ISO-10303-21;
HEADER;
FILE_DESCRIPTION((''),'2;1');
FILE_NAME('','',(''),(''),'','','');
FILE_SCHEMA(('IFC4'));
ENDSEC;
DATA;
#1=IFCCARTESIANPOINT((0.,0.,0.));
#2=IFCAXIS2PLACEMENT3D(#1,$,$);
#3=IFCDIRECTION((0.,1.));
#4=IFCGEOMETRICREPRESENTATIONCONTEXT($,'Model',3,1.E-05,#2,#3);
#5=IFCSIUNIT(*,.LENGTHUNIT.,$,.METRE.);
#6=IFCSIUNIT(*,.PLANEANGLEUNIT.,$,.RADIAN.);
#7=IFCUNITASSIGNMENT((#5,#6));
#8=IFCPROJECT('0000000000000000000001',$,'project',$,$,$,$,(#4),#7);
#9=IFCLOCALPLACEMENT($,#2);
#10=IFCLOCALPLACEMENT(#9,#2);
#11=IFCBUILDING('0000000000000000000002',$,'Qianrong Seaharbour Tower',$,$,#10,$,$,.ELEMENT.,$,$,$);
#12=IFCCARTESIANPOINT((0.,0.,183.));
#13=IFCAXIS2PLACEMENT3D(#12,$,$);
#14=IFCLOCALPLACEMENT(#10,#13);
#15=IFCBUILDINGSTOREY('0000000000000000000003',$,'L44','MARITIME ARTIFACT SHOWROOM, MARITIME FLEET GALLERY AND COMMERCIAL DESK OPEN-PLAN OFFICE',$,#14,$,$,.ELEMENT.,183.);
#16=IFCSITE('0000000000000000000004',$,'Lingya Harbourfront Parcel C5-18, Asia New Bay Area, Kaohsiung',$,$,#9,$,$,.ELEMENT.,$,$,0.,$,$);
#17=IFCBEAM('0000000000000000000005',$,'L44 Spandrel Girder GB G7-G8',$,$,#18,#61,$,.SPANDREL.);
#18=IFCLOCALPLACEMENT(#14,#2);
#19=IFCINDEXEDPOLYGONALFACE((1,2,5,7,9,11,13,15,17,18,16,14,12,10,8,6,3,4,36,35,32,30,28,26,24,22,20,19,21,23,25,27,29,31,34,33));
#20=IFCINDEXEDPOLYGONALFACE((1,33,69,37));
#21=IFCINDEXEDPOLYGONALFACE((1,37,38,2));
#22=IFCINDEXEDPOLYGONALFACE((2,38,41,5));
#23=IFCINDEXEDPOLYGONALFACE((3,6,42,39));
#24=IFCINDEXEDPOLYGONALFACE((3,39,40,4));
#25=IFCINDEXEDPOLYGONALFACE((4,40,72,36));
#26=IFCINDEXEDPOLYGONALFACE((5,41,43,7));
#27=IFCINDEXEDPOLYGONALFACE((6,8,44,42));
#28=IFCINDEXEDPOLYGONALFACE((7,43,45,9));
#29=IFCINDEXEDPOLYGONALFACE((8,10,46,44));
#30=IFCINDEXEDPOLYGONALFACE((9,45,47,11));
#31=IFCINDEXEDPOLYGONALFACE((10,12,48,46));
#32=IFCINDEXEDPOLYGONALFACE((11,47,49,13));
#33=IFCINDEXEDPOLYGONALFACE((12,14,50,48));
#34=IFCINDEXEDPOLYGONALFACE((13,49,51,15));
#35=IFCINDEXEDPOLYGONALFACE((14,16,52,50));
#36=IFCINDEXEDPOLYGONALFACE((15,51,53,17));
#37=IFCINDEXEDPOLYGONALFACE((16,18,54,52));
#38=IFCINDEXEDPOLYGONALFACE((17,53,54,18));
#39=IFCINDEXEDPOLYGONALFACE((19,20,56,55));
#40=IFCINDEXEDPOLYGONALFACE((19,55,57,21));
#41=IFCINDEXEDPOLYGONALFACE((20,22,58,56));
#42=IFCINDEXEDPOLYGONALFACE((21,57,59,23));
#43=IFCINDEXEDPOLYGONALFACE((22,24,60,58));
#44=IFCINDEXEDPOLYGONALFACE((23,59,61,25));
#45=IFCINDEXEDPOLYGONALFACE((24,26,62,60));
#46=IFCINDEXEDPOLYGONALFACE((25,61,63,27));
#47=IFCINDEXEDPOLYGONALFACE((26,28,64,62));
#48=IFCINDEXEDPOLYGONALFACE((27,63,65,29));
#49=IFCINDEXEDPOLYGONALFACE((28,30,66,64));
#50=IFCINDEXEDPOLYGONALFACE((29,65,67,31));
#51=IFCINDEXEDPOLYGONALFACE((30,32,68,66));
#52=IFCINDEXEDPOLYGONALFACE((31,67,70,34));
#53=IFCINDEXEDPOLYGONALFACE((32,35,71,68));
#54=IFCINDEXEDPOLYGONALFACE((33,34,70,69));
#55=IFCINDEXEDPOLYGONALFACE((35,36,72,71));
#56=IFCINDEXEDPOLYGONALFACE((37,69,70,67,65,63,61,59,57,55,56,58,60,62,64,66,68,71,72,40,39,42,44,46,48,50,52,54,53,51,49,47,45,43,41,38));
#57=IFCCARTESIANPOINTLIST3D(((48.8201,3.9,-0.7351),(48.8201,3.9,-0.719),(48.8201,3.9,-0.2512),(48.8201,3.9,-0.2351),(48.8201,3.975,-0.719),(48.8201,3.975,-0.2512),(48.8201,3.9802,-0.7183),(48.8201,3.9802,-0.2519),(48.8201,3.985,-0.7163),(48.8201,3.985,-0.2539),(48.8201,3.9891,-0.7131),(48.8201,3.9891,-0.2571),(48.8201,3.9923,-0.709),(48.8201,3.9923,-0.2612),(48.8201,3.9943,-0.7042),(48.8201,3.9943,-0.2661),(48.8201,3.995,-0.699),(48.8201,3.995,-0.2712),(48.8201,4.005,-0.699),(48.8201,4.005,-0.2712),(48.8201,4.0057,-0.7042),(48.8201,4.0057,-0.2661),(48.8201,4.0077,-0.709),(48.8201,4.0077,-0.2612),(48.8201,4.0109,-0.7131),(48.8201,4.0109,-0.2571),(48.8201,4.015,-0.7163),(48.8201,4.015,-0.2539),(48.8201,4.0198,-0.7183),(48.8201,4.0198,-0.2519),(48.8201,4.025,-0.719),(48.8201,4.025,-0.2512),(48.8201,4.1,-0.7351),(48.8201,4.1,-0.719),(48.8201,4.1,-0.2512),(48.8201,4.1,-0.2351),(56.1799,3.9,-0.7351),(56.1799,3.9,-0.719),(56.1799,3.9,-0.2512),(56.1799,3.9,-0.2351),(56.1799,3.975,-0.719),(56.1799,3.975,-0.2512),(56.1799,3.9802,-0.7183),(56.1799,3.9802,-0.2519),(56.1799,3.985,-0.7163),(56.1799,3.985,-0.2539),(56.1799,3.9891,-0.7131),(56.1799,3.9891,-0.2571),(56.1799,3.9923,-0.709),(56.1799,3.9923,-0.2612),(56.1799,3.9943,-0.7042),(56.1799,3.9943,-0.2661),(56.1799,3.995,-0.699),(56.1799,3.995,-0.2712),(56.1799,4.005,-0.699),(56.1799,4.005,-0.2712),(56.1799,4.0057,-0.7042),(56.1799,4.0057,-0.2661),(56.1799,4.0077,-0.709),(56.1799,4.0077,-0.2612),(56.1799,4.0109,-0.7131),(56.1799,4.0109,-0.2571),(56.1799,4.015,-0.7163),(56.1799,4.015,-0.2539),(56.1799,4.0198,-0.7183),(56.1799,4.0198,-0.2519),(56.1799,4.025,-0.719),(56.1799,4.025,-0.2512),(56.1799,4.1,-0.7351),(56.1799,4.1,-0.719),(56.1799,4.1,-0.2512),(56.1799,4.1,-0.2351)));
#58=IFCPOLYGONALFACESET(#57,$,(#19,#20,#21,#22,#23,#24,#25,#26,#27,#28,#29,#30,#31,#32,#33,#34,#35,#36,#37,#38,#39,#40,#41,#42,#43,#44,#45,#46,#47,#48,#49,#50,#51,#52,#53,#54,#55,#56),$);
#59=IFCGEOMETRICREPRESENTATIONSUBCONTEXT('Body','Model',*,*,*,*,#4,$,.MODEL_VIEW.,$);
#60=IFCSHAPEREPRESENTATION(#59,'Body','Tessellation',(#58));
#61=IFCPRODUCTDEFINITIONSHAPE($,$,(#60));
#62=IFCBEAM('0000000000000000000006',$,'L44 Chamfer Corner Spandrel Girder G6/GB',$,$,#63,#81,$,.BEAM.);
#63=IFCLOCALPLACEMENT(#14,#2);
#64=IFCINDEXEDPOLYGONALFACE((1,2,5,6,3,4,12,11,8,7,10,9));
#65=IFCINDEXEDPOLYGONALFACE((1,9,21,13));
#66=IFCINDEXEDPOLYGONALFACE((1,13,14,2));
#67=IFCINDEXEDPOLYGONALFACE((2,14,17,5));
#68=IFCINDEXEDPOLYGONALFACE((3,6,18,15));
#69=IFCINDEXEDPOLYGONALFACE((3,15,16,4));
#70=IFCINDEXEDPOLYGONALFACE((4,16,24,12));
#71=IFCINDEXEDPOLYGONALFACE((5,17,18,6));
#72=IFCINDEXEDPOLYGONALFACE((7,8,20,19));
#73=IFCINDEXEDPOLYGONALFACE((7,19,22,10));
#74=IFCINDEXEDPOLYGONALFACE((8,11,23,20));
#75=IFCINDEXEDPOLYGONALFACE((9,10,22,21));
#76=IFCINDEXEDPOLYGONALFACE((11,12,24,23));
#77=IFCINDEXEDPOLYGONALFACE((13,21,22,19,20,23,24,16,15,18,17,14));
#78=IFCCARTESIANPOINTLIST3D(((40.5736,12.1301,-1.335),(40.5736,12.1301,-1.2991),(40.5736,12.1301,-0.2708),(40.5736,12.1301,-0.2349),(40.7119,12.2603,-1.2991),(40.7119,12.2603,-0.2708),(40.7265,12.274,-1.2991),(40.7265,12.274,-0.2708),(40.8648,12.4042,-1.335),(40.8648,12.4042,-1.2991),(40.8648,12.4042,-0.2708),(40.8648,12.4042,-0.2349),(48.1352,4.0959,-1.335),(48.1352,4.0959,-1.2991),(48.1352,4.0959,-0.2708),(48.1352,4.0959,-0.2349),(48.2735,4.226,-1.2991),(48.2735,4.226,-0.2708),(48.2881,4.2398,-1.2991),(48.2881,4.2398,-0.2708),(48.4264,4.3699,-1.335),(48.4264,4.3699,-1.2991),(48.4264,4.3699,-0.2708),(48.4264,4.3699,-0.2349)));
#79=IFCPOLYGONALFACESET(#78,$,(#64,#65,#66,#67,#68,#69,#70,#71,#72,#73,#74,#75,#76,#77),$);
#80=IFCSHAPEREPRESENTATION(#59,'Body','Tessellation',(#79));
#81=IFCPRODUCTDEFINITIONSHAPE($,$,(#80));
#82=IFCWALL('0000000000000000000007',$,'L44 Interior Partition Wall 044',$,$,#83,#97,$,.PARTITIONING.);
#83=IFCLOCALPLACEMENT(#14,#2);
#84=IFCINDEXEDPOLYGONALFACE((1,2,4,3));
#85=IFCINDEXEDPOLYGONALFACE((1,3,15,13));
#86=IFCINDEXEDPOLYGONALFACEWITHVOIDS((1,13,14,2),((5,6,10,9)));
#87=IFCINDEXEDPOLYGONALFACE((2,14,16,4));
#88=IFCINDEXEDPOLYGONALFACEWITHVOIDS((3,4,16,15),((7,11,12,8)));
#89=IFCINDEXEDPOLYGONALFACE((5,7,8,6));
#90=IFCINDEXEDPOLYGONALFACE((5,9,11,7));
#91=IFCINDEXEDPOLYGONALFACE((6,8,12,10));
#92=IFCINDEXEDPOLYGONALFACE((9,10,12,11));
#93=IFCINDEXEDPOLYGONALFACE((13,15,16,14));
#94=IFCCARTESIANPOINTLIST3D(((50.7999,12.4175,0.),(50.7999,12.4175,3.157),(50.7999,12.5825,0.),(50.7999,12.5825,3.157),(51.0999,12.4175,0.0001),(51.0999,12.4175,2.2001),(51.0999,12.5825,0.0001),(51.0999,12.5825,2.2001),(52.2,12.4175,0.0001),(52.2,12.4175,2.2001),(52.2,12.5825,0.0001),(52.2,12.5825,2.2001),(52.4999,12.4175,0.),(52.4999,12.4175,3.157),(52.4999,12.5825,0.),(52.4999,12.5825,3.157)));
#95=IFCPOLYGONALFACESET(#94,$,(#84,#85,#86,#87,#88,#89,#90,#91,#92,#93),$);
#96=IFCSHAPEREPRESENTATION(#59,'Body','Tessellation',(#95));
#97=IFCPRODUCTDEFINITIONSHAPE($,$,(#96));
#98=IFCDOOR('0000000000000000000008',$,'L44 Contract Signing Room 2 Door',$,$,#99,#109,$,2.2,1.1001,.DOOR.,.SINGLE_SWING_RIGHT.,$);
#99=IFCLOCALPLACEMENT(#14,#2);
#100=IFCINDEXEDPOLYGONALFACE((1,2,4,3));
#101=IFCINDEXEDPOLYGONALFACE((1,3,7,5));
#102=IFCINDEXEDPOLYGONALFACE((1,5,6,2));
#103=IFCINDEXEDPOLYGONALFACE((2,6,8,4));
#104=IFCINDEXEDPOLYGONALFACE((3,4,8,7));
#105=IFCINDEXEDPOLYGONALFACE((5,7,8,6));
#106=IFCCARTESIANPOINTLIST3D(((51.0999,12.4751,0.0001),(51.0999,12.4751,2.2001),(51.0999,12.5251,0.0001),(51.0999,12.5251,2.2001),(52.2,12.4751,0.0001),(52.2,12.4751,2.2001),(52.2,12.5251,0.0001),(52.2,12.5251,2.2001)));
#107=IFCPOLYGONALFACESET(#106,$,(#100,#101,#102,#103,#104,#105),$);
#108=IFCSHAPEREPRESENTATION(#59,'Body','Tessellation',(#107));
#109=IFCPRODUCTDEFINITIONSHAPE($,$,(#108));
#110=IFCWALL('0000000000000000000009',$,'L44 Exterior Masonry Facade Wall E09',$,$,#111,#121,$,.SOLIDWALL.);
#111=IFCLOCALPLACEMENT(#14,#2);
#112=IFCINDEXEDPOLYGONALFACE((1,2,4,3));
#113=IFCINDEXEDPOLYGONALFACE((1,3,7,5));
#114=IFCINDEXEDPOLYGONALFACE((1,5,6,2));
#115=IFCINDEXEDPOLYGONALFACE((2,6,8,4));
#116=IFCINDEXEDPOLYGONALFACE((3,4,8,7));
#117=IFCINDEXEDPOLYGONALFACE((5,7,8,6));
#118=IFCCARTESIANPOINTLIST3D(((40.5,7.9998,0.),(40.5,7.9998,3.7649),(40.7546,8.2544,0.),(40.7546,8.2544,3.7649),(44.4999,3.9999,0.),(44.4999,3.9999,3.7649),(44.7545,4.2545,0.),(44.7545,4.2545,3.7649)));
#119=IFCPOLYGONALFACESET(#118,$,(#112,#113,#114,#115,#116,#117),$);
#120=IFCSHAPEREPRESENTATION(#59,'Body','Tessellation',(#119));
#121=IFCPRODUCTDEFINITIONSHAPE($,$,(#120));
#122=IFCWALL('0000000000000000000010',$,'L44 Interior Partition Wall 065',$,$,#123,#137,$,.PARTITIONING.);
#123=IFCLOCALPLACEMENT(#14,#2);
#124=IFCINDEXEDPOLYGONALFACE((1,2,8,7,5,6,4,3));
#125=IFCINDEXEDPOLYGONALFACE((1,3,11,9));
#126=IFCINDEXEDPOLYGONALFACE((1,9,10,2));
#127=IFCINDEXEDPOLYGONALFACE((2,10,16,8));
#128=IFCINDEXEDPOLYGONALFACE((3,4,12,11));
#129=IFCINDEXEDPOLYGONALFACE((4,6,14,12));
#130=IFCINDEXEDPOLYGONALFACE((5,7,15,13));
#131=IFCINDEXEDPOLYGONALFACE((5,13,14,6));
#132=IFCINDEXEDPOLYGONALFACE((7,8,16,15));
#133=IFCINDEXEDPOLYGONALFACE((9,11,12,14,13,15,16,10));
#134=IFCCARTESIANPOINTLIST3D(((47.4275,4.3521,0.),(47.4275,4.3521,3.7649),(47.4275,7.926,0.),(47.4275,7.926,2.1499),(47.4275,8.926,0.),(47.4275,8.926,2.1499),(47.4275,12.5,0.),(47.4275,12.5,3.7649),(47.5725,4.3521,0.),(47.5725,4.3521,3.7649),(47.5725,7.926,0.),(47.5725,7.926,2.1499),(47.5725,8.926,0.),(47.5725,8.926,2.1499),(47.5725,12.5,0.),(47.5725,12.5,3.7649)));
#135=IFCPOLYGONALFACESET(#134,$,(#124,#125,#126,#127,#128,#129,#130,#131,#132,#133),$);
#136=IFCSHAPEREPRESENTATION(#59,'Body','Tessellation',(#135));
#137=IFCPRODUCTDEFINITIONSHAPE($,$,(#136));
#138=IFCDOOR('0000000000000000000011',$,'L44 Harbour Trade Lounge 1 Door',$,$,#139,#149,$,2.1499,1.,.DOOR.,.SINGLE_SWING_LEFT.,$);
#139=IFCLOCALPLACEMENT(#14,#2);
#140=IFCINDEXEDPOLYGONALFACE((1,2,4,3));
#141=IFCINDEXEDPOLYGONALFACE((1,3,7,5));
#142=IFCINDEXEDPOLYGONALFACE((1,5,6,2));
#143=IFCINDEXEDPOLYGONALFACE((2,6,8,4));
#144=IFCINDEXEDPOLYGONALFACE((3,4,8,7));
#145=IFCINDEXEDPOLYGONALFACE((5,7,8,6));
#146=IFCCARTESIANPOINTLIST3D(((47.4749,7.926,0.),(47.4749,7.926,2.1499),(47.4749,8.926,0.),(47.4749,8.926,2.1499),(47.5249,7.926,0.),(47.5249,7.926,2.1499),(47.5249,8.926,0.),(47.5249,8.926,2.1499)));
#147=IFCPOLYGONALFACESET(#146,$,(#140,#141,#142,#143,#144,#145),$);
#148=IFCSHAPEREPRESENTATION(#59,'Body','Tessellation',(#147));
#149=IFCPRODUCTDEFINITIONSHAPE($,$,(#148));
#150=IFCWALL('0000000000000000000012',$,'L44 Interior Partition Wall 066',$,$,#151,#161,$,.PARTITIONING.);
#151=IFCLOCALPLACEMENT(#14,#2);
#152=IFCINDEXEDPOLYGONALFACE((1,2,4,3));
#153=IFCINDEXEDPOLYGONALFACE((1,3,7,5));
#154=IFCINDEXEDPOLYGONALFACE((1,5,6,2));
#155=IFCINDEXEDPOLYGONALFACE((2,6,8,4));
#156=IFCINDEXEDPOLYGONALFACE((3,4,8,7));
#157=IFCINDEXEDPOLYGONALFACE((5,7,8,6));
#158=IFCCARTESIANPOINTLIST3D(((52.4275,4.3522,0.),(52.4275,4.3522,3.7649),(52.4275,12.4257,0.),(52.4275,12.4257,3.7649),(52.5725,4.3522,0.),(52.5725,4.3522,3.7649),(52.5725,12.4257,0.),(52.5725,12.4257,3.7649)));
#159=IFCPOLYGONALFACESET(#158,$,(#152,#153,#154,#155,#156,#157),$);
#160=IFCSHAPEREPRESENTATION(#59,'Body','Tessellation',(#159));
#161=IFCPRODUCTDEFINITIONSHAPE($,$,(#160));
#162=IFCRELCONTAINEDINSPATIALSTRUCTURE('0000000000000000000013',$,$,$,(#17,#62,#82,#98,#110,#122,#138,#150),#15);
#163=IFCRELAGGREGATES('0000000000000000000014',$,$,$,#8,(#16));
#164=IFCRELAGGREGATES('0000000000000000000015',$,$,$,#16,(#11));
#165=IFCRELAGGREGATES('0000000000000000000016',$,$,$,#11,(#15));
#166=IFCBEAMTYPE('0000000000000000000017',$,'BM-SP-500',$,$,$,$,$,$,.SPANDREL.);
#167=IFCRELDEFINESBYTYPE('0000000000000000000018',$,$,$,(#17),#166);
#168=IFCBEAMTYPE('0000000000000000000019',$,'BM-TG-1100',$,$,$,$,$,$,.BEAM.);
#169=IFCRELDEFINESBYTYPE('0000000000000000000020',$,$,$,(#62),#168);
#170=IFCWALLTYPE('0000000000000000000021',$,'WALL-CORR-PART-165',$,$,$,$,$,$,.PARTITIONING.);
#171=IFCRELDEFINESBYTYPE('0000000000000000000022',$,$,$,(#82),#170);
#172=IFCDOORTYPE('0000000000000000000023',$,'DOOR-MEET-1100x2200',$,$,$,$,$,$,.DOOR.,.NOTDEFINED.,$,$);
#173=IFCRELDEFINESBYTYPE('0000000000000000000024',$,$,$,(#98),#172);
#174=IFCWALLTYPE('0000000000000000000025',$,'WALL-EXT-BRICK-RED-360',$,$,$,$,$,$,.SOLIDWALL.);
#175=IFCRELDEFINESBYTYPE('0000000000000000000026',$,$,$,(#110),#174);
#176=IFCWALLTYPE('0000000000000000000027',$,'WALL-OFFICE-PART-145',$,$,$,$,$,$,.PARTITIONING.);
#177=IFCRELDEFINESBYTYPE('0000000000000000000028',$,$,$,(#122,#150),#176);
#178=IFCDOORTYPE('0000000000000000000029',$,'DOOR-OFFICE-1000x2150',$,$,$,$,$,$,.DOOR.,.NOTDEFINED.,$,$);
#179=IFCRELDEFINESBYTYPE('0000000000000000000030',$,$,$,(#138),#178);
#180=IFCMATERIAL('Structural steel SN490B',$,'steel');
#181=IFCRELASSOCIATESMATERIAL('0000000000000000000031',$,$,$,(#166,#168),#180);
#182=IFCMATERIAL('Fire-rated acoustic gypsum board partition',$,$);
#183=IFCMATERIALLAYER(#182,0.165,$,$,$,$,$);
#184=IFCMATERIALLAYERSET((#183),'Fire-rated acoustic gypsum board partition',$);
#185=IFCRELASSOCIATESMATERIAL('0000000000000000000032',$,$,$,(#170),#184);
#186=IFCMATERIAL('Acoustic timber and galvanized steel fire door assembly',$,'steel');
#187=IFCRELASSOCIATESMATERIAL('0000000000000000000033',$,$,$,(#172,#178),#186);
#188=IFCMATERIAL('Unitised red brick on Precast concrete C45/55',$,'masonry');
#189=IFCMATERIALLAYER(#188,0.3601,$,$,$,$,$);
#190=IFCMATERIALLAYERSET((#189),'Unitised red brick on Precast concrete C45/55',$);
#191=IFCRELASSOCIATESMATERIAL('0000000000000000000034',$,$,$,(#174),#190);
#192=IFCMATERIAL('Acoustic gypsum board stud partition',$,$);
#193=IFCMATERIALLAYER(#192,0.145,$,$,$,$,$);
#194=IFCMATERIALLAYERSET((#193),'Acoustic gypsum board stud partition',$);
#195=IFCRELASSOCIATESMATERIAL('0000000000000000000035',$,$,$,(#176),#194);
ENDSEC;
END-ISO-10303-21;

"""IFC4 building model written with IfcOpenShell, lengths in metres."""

from ifc_helpers import new_model, si_unit, direction, frame, frame_2d, origin, origin_2d, place, context, subcontext, project, spatial, rectangle, i_section, extrude, material, layer, layer_set, material_profile, profile_set, type_object, element, fill, save


model = new_model("IFC4")

# Units and contexts
model_context = context("Model", 3, precision=1e-05, world=origin(), true_north=direction((0.0, 1.0)))
body_context = subcontext(model_context, "Body", "Model", "MODEL_VIEW")
ifc_project = project(units=[si_unit("LENGTHUNIT", "METRE"), si_unit("PLANEANGLEUNIT", "RADIAN")], contexts=[model_context])

# Site, building, storey
site_placement = place(None, origin())
site = spatial("IfcSite", under=ifc_project, at=site_placement, Name="Lingya Harbourfront Parcel C5-18, Asia New Bay Area, Kaohsiung", CompositionType="ELEMENT", RefElevation=0.0)
building_placement = place(site_placement, origin())
building = spatial("IfcBuilding", under=site, at=building_placement, Name="Qianrong Seaharbour Tower", CompositionType="ELEMENT")
storey_placement = place(building_placement, frame((0.0, 0.0, 183.0)))
storey = spatial("IfcBuildingStorey", under=building, at=storey_placement, Name="L44", Description="MARITIME ARTIFACT SHOWROOM, MARITIME FLEET GALLERY AND COMMERCIAL DESK OPEN-PLAN OFFICE", CompositionType="ELEMENT", Elevation=183.0)

# Shared definitions
ifc_material_1 = material(Name="Structural steel SN490B", Category="steel")

# Beams
ifc_material_profile_1 = material_profile(ifc_material_1, i_section(OverallWidth=0.2, OverallDepth=0.5, WebThickness=0.01, FlangeThickness=0.0161, FilletRadius=0.02, at=origin_2d()), Name="H500x200x10x16")
ifc_profile_set_1 = profile_set([ifc_material_profile_1], Name="Structural steel SN490B")
beam_type_1 = type_object("IfcBeamType", Name="BM-SP-500", PredefinedType="SPANDREL", material=ifc_profile_set_1)
beam_1_placement = place(storey_placement, frame((48.8201, 4.0, -0.4851), z_axis=(1.0, 0.0, 0.0), x_axis=(0.0, 1.0, 0.0)))
element("IfcBeam", 1, at=beam_1_placement, inside=storey, type_object=beam_type_1, Name="L44 Spandrel Girder GB G7-G8", PredefinedType="SPANDREL", context=body_context, shape_type="SweptSolid", body=[
    extrude(i_section(OverallWidth=0.2, OverallDepth=0.5, WebThickness=0.01, FlangeThickness=0.0161, FilletRadius=0.02, at=origin_2d()), origin(), (0.0, 0.0, 1.0), 7.3599),
])
ifc_material_profile_2 = material_profile(ifc_material_1, i_section(OverallWidth=0.3999, OverallDepth=1.1001, WebThickness=0.02, FlangeThickness=0.0359, at=origin_2d()), Name="BH1100x400x20x36")
ifc_profile_set_2 = profile_set([ifc_material_profile_2], Name="Structural steel SN490B")
beam_type_2 = type_object("IfcBeamType", Name="BM-TG-1100", PredefinedType="BEAM", material=ifc_profile_set_2)
beam_2_placement = place(storey_placement, frame((48.2808, 4.2329, -0.7849), z_axis=(-0.685362, 0.728203, 0.0), x_axis=(-0.728203, -0.685362, 0.0)))
element("IfcBeam", 2, at=beam_2_placement, inside=storey, type_object=beam_type_2, Name="L44 Chamfer Corner Spandrel Girder G6/GB", PredefinedType="BEAM", context=body_context, shape_type="SweptSolid", body=[
    extrude(i_section(OverallWidth=0.3999, OverallDepth=1.1001, WebThickness=0.02, FlangeThickness=0.0359, at=origin_2d()), origin(), (0.0, 0.0, 1.0), 11.033),
])

# Wall, opening, door
ifc_material_2 = material(Name="Fire-rated acoustic gypsum board partition")
ifc_layer_1 = layer(ifc_material_2, 0.165)
ifc_layer_set_1 = layer_set([ifc_layer_1], Name="Fire-rated acoustic gypsum board partition")
wall_type_1 = type_object("IfcWallType", Name="WALL-CORR-PART-165", PredefinedType="PARTITIONING", material=ifc_layer_set_1)
wall_1_placement = place(storey_placement, frame((52.5, 12.5, 0.0), z_axis=(0.0, 0.0, 1.0), x_axis=(-1.0, 0.0, 0.0)))
wall_1 = element("IfcWall", 3, at=wall_1_placement, inside=storey, type_object=wall_type_1, Name="L44 Interior Partition Wall 044", PredefinedType="PARTITIONING", context=body_context, shape_type="SweptSolid", body=[
    extrude(rectangle(XDim=1.7, YDim=0.165, at=frame_2d((0.8501, 0.0))), origin(), (0.0, 0.0, 1.0), 3.157),
])
opening_1_placement = place(wall_1_placement, frame((0.3, 0.0, 0.0)))
opening_1 = element("IfcOpeningElement", 4, at=opening_1_placement, cuts=wall_1, PredefinedType="OPENING", context=body_context, shape_type="SweptSolid", body=[
    extrude(rectangle(XDim=1.1001, YDim=2.2, at=frame_2d((0.55, 1.1001))), frame((0.0, 0.0925, 0.0), z_axis=(0.0, -1.0, 0.0), x_axis=(1.0, 0.0, 0.0)), (0.0, 0.0, 1.0), 0.1851),
])
ifc_material_3 = material(Name="Acoustic timber and galvanized steel fire door assembly", Category="steel")
door_type_1 = type_object("IfcDoorType", Name="DOOR-MEET-1100x2200", OperationType="NOTDEFINED", PredefinedType="DOOR", material=ifc_material_3)
door_1_placement = place(opening_1_placement, origin())
door_1 = element("IfcDoor", 5, at=door_1_placement, inside=storey, type_object=door_type_1, Name="L44 Contract Signing Room 2 Door", OperationType="SINGLE_SWING_RIGHT", OverallHeight=2.2, OverallWidth=1.1001, PredefinedType="DOOR", context=body_context, shape_type="SweptSolid", body=[
    extrude(rectangle(XDim=1.1001, YDim=2.2, at=frame_2d((0.55, 1.1001))), frame((0.0, 0.0249, 0.0), z_axis=(0.0, -1.0, 0.0), x_axis=(1.0, 0.0, 0.0)), (0.0, 0.0, 1.0), 0.05),
])
fill(opening_1, door_1)

# Wall
ifc_material_4 = material(Name="Unitised red brick on Precast concrete C45/55", Category="masonry")
ifc_layer_2 = layer(ifc_material_4, 0.3601)
ifc_layer_set_2 = layer_set([ifc_layer_2], Name="Unitised red brick on Precast concrete C45/55")
wall_type_2 = type_object("IfcWallType", Name="WALL-EXT-BRICK-RED-360", PredefinedType="SOLIDWALL", material=ifc_layer_set_2)
wall_2_placement = place(storey_placement, frame((44.6272, 4.1272, 0.0), z_axis=(0.0, 0.0, 1.0), x_axis=(-0.707107, 0.707107, 0.0)))
element("IfcWall", 6, at=wall_2_placement, inside=storey, type_object=wall_type_2, Name="L44 Exterior Masonry Facade Wall E09", PredefinedType="SOLIDWALL", context=body_context, shape_type="SweptSolid", body=[
    extrude(rectangle(XDim=5.6567, YDim=0.3601, at=frame_2d((2.8284, 0.0))), origin(), (0.0, 0.0, 1.0), 3.7649),
])

# Wall, opening, door
ifc_material_5 = material(Name="Acoustic gypsum board stud partition")
ifc_layer_3 = layer(ifc_material_5, 0.145)
ifc_layer_set_3 = layer_set([ifc_layer_3], Name="Acoustic gypsum board stud partition")
wall_type_3 = type_object("IfcWallType", Name="WALL-OFFICE-PART-145", PredefinedType="PARTITIONING", material=ifc_layer_set_3)
wall_3_placement = place(storey_placement, frame((47.5, 12.5, 0.0), z_axis=(0.0, 0.0, 1.0), x_axis=(0.0, -1.0, 0.0)))
wall_3 = element("IfcWall", 7, at=wall_3_placement, inside=storey, type_object=wall_type_3, Name="L44 Interior Partition Wall 065", PredefinedType="PARTITIONING", context=body_context, shape_type="SweptSolid", body=[
    extrude(rectangle(XDim=8.1479, YDim=0.145, at=frame_2d((4.074, 0.0))), origin(), (0.0, 0.0, 1.0), 3.7649),
])
opening_2_placement = place(wall_3_placement, frame((3.574, 0.0, 0.0)))
opening_2 = element("IfcOpeningElement", 8, at=opening_2_placement, cuts=wall_3, PredefinedType="OPENING", context=body_context, shape_type="SweptSolid", body=[
    extrude(rectangle(XDim=1.0, YDim=2.1499, at=frame_2d((0.5, 1.075))), frame((0.0, 0.0825, 0.0), z_axis=(0.0, -1.0, 0.0), x_axis=(1.0, 0.0, 0.0)), (0.0, 0.0, 1.0), 0.165),
])
door_type_2 = type_object("IfcDoorType", Name="DOOR-OFFICE-1000x2150", OperationType="NOTDEFINED", PredefinedType="DOOR", material=ifc_material_3)
door_2_placement = place(opening_2_placement, origin())
door_2 = element("IfcDoor", 9, at=door_2_placement, inside=storey, type_object=door_type_2, Name="L44 Harbour Trade Lounge 1 Door", OperationType="SINGLE_SWING_LEFT", OverallHeight=2.1499, OverallWidth=1.0, PredefinedType="DOOR", context=body_context, shape_type="SweptSolid", body=[
    extrude(rectangle(XDim=1.0, YDim=2.1499, at=frame_2d((0.5, 1.075))), frame((0.0, 0.0249, 0.0), z_axis=(0.0, -1.0, 0.0), x_axis=(1.0, 0.0, 0.0)), (0.0, 0.0, 1.0), 0.05),
])
fill(opening_2, door_2)

# Wall
wall_4_placement = place(storey_placement, frame((52.5, 12.4255, 0.0), z_axis=(0.0, 0.0, 1.0), x_axis=(0.0, -1.0, 0.0)))
element("IfcWall", 10, at=wall_4_placement, inside=storey, type_object=wall_type_3, Name="L44 Interior Partition Wall 066", PredefinedType="PARTITIONING", context=body_context, shape_type="SweptSolid", body=[
    extrude(rectangle(XDim=8.0735, YDim=0.145, at=frame_2d((4.0366, 0.0))), origin(), (0.0, 0.0, 1.0), 3.7649),
])

save(model, "model.ifc")
